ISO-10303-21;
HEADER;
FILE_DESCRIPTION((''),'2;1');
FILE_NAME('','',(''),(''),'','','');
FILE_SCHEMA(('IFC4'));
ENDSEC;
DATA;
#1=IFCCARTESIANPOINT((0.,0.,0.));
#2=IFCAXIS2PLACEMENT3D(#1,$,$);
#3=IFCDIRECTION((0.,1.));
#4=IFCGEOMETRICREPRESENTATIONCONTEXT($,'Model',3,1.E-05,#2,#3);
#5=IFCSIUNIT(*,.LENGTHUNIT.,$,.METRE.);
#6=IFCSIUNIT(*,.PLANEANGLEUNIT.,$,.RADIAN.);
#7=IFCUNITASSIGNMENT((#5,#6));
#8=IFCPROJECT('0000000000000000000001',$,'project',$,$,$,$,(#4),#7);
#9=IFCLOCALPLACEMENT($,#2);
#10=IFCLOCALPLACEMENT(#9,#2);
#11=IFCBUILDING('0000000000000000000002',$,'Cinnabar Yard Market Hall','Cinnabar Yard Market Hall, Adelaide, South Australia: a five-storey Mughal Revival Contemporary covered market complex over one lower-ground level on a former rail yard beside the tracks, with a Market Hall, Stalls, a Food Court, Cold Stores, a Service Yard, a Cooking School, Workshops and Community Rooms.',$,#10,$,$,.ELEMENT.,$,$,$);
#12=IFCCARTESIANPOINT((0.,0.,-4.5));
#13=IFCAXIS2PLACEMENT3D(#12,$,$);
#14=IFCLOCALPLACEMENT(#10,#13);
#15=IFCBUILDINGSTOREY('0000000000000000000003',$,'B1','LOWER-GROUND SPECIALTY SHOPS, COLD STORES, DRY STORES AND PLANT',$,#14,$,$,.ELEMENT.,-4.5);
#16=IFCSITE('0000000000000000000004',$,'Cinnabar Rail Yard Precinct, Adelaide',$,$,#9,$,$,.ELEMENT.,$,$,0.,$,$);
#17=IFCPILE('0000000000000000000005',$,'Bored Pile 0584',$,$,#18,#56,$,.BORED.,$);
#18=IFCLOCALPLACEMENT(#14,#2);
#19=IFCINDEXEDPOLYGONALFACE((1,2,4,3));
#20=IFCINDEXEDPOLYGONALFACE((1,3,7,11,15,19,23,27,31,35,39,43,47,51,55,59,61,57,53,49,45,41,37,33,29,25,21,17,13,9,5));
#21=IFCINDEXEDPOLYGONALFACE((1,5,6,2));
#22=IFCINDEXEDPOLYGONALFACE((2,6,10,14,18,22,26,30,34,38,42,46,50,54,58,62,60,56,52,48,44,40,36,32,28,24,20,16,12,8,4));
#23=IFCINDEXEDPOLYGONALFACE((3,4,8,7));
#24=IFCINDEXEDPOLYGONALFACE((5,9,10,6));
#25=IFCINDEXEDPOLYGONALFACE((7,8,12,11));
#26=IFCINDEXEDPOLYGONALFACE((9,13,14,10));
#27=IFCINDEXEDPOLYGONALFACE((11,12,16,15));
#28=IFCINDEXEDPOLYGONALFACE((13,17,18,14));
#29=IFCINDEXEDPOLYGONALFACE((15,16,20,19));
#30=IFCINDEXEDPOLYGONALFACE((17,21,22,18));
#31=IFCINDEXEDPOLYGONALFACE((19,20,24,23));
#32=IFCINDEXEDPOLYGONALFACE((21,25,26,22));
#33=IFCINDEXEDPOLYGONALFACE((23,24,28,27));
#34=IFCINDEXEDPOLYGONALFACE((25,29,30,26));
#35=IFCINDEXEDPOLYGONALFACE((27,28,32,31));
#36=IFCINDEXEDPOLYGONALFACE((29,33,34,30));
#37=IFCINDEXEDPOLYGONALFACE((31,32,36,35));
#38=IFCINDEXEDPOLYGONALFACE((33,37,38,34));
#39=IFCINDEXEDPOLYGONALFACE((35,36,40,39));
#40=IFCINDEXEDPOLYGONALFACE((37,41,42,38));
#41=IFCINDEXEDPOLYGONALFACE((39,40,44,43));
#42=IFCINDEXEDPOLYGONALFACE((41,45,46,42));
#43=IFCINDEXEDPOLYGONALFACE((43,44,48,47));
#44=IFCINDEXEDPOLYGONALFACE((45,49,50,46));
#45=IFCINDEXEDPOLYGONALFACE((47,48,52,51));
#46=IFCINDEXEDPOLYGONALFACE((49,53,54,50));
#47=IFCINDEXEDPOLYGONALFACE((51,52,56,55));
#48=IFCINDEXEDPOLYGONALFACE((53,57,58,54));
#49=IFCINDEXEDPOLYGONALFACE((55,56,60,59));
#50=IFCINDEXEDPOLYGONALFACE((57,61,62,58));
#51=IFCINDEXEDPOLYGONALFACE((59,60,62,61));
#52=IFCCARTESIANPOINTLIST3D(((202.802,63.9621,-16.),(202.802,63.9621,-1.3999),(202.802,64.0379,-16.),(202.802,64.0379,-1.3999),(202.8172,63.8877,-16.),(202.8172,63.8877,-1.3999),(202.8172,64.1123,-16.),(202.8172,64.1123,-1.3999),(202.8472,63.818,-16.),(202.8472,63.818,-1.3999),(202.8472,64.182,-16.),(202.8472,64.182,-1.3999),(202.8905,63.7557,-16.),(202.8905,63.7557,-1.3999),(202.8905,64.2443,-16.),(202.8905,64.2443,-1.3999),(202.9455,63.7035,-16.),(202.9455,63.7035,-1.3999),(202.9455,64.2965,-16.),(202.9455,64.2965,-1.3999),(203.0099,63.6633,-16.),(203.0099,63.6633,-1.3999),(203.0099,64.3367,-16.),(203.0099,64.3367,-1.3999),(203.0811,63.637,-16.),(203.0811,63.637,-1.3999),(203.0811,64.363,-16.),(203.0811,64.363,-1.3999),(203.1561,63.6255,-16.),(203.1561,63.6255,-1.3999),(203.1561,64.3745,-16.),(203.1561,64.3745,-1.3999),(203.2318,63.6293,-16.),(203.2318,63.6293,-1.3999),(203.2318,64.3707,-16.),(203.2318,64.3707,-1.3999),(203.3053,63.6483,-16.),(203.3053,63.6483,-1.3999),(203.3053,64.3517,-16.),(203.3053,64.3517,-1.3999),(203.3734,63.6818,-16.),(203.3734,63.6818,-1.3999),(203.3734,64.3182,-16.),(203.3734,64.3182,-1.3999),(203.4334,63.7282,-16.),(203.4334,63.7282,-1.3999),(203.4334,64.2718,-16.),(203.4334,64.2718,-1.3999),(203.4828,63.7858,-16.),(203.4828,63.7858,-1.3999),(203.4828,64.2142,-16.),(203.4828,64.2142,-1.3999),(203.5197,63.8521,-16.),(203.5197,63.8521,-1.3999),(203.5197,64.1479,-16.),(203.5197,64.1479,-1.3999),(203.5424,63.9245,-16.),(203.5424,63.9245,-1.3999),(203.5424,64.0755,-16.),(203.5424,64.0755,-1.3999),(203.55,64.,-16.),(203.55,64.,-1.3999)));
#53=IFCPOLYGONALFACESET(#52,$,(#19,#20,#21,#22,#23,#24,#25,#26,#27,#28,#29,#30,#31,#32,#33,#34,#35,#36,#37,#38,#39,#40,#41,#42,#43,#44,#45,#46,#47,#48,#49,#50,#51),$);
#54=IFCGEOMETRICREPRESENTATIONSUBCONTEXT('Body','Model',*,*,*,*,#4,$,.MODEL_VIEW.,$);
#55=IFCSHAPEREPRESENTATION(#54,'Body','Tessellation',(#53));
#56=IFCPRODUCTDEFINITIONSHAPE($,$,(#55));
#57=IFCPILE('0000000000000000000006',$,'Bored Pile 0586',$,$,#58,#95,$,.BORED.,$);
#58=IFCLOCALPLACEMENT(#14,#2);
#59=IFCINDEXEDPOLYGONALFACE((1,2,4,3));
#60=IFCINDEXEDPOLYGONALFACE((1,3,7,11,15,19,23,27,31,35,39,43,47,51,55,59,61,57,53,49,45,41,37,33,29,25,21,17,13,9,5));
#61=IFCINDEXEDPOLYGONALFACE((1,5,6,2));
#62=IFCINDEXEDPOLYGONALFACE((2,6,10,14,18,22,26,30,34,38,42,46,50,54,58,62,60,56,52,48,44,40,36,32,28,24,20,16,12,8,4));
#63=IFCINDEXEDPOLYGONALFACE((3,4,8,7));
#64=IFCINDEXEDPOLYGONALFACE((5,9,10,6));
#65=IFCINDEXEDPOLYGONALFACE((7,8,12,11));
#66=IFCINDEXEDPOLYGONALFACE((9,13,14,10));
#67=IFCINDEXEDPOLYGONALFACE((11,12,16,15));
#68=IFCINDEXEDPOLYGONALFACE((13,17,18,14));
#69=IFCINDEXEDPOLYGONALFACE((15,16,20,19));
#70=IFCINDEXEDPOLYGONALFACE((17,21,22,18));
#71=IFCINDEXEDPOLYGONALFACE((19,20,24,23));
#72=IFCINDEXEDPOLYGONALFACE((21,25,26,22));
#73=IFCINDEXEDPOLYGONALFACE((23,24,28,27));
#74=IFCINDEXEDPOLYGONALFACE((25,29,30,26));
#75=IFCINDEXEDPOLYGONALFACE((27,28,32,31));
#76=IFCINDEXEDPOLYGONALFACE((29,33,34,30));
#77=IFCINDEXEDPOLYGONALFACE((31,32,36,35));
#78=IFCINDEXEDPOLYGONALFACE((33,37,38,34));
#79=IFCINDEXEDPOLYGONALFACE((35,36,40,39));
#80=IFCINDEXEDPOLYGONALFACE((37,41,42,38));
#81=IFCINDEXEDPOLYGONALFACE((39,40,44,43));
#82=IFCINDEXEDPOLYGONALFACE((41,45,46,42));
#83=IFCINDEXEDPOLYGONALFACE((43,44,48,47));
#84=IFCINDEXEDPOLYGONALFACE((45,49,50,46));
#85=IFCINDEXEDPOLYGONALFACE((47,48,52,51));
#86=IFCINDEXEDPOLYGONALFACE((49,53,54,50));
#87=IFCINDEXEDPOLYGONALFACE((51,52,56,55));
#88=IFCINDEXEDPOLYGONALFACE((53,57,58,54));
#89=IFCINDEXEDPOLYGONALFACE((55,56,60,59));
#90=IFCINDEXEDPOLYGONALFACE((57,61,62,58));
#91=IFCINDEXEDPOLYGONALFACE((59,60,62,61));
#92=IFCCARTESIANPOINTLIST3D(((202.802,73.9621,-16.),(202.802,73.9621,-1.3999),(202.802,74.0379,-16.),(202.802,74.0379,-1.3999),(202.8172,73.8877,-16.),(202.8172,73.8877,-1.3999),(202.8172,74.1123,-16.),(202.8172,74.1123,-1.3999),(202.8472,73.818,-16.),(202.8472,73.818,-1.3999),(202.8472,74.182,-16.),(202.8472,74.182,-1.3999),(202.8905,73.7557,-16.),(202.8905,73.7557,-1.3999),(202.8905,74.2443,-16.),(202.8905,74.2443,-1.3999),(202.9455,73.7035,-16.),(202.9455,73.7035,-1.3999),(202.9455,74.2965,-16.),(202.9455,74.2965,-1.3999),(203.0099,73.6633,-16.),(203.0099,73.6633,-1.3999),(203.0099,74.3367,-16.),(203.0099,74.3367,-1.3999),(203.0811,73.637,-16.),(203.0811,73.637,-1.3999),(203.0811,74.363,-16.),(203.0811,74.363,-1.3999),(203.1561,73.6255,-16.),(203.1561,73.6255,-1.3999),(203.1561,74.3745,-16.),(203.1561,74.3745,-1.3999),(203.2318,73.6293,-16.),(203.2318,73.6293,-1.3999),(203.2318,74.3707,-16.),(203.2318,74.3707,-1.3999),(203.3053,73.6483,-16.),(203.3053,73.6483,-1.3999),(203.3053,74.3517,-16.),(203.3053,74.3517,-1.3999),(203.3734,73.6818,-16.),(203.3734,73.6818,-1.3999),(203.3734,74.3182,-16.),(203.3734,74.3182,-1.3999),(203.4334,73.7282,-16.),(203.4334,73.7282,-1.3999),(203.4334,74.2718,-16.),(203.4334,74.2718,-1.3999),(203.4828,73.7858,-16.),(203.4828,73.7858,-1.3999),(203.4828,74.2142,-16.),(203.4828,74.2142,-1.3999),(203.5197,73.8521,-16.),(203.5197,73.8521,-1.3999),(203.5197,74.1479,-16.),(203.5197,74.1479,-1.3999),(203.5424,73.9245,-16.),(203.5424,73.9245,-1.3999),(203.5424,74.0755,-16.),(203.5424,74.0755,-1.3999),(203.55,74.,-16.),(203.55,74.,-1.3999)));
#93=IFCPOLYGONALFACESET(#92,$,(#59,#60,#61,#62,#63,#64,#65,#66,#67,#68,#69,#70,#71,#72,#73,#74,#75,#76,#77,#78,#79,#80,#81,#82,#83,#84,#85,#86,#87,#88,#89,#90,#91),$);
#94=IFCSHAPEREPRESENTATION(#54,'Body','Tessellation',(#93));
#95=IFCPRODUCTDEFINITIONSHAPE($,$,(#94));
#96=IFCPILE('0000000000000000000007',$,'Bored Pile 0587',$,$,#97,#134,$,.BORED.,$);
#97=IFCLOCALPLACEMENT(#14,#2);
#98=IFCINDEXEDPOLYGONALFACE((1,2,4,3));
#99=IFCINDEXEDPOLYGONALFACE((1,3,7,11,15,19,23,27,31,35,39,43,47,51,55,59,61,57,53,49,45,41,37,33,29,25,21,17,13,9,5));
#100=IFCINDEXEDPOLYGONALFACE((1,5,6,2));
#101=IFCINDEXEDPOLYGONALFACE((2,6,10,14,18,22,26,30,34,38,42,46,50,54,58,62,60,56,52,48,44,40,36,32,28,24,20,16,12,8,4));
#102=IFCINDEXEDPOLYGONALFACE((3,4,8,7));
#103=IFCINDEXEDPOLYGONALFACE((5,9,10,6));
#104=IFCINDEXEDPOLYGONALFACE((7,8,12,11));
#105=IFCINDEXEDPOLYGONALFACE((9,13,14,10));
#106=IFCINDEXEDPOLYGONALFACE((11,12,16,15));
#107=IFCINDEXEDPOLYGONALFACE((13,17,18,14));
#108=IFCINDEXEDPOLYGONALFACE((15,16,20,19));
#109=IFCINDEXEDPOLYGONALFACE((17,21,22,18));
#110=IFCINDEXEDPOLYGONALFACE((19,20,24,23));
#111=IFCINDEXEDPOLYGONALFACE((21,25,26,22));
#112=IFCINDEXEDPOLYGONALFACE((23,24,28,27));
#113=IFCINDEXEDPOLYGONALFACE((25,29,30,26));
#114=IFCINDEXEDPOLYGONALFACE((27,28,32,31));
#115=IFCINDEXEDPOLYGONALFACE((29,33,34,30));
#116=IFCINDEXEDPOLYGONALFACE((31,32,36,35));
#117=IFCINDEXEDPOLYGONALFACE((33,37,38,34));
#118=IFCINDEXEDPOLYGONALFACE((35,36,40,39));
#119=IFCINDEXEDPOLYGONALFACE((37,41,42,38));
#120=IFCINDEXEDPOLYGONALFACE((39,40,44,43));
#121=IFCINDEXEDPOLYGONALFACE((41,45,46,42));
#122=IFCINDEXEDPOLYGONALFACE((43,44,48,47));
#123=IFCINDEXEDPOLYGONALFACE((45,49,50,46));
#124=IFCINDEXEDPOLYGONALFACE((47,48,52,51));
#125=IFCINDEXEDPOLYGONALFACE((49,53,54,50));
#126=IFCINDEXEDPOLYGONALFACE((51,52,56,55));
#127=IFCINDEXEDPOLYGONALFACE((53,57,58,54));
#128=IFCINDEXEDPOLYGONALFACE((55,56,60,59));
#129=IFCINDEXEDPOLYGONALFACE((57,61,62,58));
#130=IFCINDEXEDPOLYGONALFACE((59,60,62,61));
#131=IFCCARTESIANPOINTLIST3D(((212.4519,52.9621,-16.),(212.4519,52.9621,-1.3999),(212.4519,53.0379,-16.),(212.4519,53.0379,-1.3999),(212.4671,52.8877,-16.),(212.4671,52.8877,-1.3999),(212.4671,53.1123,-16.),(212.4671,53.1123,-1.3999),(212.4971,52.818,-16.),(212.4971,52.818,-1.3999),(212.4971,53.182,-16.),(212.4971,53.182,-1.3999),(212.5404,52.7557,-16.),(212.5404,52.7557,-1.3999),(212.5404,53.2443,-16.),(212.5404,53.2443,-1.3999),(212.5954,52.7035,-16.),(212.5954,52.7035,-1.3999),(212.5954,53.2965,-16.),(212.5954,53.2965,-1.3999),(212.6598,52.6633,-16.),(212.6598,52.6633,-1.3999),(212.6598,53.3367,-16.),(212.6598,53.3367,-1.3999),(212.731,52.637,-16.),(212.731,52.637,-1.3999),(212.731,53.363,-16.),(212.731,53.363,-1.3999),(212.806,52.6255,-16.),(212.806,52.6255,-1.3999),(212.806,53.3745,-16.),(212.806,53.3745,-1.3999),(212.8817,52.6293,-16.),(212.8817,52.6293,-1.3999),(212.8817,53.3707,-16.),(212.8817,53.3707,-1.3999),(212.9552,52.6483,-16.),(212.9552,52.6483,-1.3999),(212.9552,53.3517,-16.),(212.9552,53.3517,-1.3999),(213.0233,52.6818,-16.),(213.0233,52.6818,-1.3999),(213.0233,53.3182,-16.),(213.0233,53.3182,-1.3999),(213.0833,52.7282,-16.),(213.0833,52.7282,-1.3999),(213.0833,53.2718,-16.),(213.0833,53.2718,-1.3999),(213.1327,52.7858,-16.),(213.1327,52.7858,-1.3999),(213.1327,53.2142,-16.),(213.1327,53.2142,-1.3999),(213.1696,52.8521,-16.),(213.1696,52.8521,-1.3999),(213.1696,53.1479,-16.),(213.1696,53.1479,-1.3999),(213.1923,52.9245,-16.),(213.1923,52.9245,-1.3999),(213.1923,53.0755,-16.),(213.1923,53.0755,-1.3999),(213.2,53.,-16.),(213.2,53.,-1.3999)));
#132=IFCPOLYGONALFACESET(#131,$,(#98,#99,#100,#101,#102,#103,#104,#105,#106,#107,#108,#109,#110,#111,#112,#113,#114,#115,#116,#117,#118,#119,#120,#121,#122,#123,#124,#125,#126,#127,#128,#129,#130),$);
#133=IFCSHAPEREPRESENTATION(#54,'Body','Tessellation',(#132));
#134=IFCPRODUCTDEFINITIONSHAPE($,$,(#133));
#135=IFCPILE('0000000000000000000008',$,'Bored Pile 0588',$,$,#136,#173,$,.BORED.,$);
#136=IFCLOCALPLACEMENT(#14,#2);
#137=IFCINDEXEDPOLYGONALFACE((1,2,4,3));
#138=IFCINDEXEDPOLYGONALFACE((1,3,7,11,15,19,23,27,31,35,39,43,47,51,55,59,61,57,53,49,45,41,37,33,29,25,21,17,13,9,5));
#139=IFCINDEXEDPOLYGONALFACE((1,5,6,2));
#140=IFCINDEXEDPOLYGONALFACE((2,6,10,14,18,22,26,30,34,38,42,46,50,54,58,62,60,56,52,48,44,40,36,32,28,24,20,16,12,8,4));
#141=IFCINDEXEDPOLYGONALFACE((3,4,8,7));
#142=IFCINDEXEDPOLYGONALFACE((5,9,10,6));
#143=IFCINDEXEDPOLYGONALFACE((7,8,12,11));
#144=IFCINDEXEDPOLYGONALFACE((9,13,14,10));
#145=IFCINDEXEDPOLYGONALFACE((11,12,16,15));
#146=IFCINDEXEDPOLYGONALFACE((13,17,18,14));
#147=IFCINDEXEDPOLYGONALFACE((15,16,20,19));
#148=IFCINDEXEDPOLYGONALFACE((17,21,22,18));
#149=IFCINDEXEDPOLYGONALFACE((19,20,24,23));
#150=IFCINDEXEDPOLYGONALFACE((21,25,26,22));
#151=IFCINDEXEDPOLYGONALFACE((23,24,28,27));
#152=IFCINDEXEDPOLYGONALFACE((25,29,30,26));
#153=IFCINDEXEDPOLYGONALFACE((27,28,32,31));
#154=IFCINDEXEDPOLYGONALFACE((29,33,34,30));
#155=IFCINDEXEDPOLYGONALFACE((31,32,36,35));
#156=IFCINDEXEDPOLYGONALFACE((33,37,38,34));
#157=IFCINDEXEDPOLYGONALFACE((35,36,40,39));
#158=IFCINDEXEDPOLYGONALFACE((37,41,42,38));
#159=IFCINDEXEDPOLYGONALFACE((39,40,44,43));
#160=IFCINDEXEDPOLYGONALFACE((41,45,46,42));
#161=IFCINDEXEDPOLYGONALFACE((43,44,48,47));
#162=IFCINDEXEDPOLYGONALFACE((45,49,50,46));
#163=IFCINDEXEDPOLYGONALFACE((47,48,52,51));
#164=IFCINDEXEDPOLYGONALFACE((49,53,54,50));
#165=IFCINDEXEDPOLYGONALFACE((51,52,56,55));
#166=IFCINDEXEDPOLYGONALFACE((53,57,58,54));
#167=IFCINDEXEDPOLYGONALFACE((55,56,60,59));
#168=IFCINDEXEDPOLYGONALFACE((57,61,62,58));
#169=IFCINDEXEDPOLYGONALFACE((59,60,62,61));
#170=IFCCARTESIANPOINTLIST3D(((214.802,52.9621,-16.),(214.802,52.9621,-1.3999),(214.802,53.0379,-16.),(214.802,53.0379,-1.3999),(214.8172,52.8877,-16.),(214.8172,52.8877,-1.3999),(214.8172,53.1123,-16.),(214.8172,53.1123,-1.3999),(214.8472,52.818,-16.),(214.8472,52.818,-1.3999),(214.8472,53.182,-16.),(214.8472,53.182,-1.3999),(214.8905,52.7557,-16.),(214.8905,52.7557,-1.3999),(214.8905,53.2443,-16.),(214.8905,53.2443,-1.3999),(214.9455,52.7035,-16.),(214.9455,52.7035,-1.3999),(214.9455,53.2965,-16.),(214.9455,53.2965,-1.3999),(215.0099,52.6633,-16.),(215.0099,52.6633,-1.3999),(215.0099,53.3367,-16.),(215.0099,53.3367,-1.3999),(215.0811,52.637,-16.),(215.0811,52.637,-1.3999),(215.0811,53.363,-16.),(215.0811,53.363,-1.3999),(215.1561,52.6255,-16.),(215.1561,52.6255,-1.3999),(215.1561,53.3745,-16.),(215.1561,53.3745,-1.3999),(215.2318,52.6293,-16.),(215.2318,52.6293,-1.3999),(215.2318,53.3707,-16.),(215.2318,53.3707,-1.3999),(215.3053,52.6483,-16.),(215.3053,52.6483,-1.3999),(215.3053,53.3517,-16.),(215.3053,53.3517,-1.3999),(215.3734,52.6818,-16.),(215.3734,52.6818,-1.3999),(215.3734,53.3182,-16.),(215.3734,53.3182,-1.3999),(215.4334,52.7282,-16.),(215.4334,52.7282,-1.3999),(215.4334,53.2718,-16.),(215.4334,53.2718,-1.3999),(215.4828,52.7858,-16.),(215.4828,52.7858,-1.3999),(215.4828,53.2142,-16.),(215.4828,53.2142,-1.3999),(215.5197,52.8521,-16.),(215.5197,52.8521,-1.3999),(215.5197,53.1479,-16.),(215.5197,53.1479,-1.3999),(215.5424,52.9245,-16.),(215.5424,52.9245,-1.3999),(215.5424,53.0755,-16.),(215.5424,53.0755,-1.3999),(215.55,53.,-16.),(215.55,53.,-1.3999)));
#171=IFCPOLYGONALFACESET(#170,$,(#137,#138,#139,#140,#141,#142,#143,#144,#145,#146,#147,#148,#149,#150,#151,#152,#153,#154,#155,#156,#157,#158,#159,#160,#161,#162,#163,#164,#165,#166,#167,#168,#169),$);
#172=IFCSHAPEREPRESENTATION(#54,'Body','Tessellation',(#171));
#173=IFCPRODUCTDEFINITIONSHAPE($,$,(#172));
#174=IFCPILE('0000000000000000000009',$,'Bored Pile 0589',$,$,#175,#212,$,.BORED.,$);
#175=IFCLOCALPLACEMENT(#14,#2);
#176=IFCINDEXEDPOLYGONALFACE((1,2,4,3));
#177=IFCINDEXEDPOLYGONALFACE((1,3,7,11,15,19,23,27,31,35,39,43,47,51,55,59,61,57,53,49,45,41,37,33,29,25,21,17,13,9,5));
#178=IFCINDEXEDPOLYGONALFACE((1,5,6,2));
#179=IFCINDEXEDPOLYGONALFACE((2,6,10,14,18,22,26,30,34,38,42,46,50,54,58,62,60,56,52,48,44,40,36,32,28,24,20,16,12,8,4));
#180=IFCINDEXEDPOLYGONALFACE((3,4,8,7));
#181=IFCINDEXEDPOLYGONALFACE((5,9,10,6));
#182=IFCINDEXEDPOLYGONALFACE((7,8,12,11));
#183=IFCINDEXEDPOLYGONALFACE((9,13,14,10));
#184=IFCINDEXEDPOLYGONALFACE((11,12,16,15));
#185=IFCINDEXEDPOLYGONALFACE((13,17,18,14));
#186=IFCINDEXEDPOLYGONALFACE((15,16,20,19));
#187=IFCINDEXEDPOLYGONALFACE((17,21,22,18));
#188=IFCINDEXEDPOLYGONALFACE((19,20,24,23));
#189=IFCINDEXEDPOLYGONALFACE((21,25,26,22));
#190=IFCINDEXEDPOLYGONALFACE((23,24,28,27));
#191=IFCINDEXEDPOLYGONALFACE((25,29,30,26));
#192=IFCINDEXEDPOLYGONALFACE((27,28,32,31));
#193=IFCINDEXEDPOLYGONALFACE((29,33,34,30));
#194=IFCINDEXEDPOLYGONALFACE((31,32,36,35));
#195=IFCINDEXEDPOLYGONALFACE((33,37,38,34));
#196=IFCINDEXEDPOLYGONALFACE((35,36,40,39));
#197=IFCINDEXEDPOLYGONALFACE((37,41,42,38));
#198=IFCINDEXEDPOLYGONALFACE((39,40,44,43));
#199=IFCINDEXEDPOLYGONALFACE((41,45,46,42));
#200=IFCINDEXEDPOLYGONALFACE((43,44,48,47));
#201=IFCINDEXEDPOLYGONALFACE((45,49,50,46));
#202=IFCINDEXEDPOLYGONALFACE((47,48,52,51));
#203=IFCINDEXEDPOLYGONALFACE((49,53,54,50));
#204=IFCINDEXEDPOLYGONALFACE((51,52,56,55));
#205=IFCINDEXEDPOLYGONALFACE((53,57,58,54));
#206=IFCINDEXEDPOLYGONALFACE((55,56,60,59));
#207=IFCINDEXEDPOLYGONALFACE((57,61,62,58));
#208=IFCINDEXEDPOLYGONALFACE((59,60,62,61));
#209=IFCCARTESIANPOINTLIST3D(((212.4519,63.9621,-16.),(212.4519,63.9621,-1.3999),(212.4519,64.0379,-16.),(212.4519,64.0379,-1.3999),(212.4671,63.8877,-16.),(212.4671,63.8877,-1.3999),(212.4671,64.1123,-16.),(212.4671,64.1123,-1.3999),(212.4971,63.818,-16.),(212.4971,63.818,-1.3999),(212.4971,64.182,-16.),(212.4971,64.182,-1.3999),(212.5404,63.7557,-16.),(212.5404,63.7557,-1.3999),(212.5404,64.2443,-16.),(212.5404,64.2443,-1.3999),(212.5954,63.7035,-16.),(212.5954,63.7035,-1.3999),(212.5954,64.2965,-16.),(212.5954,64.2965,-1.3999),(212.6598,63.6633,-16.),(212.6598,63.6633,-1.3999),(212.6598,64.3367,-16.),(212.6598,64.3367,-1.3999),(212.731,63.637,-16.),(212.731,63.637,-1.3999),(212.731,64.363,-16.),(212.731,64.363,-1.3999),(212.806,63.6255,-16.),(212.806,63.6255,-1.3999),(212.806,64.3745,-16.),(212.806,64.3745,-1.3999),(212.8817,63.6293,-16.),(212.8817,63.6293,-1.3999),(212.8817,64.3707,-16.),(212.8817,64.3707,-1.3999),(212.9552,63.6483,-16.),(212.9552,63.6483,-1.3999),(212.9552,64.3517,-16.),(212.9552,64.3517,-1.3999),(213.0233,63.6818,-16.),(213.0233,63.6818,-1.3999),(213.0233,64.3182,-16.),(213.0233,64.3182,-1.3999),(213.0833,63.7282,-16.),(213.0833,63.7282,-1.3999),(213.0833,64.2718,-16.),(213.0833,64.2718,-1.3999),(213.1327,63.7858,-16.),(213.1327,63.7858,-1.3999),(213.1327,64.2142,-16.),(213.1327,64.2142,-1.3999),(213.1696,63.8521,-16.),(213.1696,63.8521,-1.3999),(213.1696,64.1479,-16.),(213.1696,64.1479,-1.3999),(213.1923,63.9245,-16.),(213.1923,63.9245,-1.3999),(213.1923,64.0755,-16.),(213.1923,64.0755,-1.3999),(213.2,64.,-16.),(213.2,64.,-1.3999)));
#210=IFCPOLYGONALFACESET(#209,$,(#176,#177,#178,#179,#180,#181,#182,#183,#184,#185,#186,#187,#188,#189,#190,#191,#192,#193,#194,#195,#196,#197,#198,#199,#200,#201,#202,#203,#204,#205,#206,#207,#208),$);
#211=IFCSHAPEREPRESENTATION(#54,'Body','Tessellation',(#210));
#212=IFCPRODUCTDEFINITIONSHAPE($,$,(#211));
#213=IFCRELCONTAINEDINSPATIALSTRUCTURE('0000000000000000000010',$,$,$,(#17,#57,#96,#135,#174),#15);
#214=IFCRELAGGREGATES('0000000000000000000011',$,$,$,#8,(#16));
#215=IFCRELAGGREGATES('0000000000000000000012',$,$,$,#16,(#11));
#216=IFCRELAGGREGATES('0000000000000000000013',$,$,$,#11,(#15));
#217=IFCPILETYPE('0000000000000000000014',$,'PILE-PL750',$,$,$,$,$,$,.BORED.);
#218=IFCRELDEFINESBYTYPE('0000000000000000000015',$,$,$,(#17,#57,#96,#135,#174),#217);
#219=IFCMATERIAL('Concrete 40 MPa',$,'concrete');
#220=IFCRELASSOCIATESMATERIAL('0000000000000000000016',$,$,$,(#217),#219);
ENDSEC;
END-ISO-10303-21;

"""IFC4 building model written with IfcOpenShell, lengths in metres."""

from ifc_helpers import new_model, si_unit, direction, frame, origin, origin_2d_with_axis, place, context, subcontext, project, spatial, circle, extrude, material, material_profile, profile_set, type_object, element, save


model = new_model("IFC4")

# Units and contexts
model_context = context("Model", 3, precision=1e-05, world=origin(), true_north=direction((0.0, 1.0)))
body_context = subcontext(model_context, "Body", "Model", "MODEL_VIEW")
ifc_project = project(units=[si_unit("LENGTHUNIT", "METRE"), si_unit("PLANEANGLEUNIT", "RADIAN")], contexts=[model_context])

# Site, building, storey
site_placement = place(None, origin())
site = spatial("IfcSite", under=ifc_project, at=site_placement, Name="Cinnabar Rail Yard Precinct, Adelaide", CompositionType="ELEMENT", RefElevation=0.0)
building_placement = place(site_placement, origin())
building = spatial("IfcBuilding", under=site, at=building_placement, Name="Cinnabar Yard Market Hall", Description="Cinnabar Yard Market Hall, Adelaide, South Australia: a five-storey Mughal Revival Contemporary covered market complex over one lower-ground level on a former rail yard beside the tracks, with a Market Hall, Stalls, a Food Court, Cold Stores, a Service Yard, a Cooking School, Workshops and Community Rooms.", CompositionType="ELEMENT")
storey_placement = place(building_placement, frame((0.0, 0.0, -4.5)))
storey = spatial("IfcBuildingStorey", under=building, at=storey_placement, Name="B1", Description="LOWER-GROUND SPECIALTY SHOPS, COLD STORES, DRY STORES AND PLANT", CompositionType="ELEMENT", Elevation=-4.5)

# Shared definitions
ifc_material_1 = material(Name="Concrete 40 MPa", Category="concrete")

# Piles
ifc_material_profile_1 = material_profile(ifc_material_1, circle(Radius=0.375, at=origin_2d_with_axis()), Name="PILE-D750")
ifc_profile_set_1 = profile_set([ifc_material_profile_1], Name="Concrete 40 MPa")
pile_type = type_object("IfcPileType", Name="PILE-PL750", PredefinedType="BORED", material=ifc_profile_set_1)
for number, where, z_axis, x_axis, name in (
    (1, (203.175, 64.0, -1.3999), (0.0, 0.0, -1.0), (1.0, 0.0, 0.0), "Bored Pile 0584"),
    (2, (203.175, 74.0, -1.3999), (0.0, 0.0, -1.0), (1.0, 0.0, 0.0), "Bored Pile 0586"),
    (3, (212.825, 53.0, -1.3999), (0.0, 0.0, -1.0), (1.0, 0.0, 0.0), "Bored Pile 0587"),
    (4, (215.175, 53.0, -1.3999), (0.0, 0.0, -1.0), (1.0, 0.0, 0.0), "Bored Pile 0588"),
    (5, (212.825, 64.0, -1.3999), (0.0, 0.0, -1.0), (1.0, 0.0, 0.0), "Bored Pile 0589"),
):
    element("IfcPile", number, at=place(storey_placement, frame(where, z_axis=z_axis, x_axis=x_axis)), inside=storey, type_object=pile_type, Name=name, PredefinedType="BORED", context=body_context, shape_type="SweptSolid", body=[
        extrude(circle(Radius=0.375, at=origin_2d_with_axis()), origin(), (0.0, 0.0, 1.0), 14.6001),
    ])

save(model, "model.ifc")
